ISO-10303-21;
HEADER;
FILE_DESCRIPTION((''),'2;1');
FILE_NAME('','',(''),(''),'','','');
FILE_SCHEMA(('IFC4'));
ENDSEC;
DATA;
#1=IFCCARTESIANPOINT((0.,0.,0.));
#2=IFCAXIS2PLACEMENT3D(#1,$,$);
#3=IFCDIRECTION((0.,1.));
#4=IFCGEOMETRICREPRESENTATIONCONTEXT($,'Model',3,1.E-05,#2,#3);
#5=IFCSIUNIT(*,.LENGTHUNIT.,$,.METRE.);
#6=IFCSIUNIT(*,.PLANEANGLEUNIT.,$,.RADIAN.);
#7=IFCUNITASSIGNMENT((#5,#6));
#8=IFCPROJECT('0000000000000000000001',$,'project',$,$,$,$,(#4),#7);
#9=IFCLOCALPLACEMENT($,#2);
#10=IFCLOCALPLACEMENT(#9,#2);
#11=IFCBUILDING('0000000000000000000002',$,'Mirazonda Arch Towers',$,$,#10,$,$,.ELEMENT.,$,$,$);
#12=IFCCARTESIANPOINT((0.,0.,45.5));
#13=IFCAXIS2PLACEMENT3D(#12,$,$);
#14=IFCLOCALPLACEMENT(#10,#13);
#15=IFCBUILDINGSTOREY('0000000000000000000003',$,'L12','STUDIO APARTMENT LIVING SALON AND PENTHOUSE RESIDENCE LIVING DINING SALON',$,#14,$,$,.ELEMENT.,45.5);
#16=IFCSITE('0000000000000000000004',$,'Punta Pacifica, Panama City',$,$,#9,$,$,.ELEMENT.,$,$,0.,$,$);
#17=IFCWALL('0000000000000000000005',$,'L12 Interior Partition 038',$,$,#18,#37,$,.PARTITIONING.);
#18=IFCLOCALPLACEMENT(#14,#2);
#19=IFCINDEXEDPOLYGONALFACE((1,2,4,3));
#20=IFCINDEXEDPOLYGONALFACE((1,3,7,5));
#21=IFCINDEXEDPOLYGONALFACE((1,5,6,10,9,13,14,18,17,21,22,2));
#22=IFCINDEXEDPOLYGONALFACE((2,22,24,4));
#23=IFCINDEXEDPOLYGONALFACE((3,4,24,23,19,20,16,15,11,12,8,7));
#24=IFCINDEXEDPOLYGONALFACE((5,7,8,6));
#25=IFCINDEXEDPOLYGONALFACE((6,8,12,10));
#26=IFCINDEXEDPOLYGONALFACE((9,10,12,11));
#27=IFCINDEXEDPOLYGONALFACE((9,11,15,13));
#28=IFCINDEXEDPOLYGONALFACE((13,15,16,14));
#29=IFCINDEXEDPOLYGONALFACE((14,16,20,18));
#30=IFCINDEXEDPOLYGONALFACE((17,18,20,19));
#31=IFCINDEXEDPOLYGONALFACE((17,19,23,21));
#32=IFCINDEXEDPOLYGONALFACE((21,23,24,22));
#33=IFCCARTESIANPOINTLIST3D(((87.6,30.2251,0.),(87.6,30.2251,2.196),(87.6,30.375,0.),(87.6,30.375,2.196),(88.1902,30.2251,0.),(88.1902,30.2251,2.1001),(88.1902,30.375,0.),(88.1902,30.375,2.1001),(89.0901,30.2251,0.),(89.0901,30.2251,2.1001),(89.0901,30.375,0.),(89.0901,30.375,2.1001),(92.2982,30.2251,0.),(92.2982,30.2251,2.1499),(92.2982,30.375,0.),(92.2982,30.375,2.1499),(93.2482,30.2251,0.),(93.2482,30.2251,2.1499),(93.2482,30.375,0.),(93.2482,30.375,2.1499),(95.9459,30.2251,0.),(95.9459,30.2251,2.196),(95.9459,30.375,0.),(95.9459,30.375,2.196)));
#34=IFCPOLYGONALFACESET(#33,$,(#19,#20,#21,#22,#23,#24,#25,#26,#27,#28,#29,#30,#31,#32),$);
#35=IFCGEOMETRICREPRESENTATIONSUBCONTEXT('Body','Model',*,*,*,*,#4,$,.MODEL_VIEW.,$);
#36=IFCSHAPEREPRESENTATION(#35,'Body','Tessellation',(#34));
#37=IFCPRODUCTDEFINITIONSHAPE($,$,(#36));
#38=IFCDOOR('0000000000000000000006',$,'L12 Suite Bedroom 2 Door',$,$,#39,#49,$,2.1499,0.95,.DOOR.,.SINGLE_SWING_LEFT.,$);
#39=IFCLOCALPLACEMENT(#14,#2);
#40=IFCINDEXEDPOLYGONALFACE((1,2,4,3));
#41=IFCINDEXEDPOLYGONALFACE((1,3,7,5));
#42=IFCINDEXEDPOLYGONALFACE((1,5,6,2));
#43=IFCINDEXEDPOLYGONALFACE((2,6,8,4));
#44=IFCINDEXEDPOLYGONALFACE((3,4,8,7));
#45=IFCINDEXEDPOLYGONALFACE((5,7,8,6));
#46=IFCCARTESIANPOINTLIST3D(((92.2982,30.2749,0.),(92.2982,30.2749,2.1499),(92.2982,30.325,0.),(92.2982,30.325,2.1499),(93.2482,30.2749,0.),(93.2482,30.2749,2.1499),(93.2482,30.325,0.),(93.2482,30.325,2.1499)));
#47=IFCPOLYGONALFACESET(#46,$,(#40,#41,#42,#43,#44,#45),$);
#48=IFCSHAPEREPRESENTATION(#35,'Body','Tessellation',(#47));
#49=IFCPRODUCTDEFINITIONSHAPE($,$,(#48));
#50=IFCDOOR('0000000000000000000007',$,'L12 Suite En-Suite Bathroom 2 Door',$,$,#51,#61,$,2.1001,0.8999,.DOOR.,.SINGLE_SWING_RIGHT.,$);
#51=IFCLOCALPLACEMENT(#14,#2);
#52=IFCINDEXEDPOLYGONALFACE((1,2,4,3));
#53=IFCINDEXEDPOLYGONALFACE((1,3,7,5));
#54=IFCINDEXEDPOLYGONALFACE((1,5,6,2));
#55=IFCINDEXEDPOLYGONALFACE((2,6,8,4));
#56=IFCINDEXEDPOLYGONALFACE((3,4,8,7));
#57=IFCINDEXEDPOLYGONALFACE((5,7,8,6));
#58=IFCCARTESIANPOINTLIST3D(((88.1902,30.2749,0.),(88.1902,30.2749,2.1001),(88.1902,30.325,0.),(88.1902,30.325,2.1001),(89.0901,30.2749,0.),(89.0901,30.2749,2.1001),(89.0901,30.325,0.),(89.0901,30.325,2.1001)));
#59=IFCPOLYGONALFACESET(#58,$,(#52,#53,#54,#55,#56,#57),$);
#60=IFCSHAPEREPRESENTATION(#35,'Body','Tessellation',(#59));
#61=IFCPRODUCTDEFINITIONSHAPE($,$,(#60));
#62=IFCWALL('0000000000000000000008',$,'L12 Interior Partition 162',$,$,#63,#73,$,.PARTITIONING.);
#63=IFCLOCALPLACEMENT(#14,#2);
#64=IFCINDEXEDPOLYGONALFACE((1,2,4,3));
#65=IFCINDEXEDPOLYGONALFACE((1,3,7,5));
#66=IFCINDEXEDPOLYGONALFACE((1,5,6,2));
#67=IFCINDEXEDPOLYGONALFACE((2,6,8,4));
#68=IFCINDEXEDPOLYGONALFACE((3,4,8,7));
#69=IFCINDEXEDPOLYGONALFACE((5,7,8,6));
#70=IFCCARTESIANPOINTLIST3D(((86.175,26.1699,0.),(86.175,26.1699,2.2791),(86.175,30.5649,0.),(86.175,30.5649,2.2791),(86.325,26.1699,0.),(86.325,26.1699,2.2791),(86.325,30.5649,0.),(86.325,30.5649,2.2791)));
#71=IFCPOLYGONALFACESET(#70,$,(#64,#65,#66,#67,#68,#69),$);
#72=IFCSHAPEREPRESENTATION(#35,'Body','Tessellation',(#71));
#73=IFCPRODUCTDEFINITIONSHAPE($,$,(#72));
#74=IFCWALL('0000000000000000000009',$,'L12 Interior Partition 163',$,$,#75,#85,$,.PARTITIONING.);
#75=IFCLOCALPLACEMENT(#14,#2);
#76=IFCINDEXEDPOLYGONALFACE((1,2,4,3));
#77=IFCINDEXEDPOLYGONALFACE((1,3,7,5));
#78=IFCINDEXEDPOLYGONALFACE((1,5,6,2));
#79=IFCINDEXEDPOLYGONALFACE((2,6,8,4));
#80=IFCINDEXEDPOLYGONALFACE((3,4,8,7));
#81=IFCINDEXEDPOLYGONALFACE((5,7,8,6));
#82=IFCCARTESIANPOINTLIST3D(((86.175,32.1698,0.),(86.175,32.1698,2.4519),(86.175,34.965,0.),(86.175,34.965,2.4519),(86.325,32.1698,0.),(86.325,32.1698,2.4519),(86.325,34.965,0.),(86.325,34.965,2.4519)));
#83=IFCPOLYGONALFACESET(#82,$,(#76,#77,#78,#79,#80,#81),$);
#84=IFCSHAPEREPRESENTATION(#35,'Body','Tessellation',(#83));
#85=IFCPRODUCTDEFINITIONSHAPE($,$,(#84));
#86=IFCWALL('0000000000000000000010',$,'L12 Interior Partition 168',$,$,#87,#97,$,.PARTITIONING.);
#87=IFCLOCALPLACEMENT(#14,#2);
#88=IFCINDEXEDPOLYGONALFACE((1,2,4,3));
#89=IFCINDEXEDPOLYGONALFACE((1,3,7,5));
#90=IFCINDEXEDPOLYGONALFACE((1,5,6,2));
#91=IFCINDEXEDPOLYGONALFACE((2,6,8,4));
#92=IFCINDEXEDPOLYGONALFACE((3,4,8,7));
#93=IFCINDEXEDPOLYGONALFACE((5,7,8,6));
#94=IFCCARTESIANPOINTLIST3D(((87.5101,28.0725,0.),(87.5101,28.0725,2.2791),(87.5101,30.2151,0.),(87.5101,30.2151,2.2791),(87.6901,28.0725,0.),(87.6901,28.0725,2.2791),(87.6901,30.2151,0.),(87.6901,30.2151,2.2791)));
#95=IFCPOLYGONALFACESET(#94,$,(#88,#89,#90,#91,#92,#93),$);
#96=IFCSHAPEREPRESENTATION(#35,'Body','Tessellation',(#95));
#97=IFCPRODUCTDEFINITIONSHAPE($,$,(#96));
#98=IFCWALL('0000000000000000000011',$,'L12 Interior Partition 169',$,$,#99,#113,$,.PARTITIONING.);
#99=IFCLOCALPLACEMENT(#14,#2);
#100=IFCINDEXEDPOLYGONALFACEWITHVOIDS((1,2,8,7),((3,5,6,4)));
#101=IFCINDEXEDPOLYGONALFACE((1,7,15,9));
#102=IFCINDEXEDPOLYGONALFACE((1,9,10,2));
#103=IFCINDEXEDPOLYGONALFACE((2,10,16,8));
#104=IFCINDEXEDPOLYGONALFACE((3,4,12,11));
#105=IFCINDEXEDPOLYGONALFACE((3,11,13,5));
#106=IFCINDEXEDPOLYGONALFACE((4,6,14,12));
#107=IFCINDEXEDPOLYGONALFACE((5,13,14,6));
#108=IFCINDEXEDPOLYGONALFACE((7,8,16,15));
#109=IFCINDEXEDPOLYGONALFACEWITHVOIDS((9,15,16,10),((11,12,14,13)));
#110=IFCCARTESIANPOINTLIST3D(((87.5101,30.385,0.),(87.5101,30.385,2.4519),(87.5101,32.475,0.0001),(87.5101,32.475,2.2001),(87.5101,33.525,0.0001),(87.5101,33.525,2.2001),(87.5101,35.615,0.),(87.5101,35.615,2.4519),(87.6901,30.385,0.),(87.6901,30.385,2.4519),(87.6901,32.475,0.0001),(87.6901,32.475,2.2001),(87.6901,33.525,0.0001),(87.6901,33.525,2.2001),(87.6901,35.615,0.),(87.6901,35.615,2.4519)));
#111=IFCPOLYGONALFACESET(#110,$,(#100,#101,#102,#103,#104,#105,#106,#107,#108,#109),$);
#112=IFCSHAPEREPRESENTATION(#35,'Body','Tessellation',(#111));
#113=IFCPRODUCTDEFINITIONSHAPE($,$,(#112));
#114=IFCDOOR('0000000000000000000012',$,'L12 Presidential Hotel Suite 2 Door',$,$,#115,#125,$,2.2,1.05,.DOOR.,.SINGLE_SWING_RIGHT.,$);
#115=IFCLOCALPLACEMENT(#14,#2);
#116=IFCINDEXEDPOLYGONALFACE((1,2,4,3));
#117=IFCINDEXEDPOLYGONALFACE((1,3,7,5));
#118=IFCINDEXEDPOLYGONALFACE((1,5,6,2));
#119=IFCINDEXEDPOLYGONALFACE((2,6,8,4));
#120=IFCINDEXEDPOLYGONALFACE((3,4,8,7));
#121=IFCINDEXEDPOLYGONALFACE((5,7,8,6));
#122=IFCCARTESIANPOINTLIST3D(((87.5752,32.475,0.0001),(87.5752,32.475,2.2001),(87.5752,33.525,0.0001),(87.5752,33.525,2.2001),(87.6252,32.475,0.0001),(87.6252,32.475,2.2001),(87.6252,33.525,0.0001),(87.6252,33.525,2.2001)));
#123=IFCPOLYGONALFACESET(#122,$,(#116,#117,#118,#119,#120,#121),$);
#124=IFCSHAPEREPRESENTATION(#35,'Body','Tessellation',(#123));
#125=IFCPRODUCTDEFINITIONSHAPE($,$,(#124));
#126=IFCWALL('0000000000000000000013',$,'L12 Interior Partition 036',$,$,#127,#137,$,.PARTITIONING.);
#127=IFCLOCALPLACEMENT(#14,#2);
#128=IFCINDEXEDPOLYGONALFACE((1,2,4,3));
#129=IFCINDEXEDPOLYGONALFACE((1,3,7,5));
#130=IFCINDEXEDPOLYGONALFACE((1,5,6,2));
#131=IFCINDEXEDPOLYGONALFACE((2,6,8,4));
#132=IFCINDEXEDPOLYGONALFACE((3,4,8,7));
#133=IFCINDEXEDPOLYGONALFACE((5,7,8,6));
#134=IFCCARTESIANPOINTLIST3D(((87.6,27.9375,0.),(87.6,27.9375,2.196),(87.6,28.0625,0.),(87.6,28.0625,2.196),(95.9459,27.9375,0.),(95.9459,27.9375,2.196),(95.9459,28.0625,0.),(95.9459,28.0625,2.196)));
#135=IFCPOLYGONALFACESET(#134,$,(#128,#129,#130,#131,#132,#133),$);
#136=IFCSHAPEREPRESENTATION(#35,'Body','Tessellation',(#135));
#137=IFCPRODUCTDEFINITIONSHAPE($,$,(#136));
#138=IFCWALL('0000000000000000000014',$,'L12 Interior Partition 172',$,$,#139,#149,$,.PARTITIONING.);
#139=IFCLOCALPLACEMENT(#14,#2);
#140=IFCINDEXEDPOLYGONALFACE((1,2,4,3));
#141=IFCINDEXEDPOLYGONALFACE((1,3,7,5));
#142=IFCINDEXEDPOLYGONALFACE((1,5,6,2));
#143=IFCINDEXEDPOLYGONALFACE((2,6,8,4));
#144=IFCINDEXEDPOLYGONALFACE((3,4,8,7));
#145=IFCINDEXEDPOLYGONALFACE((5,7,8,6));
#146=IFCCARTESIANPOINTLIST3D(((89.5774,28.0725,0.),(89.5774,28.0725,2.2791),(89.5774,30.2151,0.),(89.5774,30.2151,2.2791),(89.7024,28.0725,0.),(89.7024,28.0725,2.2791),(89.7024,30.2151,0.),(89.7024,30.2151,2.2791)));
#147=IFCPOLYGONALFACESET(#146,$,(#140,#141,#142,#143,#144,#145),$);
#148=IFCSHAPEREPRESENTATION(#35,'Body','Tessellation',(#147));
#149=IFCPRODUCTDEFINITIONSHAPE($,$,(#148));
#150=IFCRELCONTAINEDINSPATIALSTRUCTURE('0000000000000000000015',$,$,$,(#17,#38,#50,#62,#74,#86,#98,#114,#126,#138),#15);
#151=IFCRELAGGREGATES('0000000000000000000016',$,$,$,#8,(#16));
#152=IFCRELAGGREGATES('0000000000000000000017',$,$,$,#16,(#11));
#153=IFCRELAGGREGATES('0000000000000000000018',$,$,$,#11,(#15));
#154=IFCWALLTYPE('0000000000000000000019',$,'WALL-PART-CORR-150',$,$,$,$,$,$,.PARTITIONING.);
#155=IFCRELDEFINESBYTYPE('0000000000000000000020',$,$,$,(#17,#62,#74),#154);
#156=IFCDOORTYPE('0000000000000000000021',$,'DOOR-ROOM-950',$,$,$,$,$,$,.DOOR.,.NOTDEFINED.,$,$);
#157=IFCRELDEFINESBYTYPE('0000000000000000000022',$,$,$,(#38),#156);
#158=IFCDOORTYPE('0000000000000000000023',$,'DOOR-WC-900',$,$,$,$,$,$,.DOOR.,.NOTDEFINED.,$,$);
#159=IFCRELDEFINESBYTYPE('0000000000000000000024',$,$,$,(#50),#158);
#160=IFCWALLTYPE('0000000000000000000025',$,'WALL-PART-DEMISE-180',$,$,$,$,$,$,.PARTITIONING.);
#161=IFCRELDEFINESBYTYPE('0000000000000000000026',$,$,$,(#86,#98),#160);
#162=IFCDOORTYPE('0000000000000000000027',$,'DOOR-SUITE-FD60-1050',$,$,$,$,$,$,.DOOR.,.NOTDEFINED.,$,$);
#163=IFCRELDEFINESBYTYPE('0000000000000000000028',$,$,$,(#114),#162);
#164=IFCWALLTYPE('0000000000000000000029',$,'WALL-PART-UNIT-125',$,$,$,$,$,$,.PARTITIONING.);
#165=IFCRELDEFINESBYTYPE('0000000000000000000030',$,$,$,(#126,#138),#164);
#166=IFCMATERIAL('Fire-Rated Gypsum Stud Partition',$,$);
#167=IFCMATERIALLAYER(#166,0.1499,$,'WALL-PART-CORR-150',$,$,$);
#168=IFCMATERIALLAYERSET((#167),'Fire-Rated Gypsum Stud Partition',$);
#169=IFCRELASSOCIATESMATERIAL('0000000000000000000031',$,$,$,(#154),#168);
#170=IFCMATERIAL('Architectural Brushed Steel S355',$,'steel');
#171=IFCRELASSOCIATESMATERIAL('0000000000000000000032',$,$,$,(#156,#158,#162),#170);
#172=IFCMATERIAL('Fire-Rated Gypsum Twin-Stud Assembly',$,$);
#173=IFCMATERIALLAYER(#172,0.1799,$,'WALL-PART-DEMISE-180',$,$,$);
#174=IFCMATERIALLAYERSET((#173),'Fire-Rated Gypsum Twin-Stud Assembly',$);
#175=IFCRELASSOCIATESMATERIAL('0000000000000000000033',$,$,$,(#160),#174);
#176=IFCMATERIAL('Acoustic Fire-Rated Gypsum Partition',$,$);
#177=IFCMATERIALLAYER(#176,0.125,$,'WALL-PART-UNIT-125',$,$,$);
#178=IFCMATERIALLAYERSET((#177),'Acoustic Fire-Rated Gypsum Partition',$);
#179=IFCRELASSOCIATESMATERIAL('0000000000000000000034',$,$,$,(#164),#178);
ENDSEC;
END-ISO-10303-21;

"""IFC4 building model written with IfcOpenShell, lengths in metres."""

from ifc_helpers import new_model, si_unit, direction, frame, frame_2d, origin, place, context, subcontext, project, spatial, rectangle, extrude, material, layer, layer_set, type_object, element, fill, save


model = new_model("IFC4")

# Units and contexts
model_context = context("Model", 3, precision=1e-05, world=origin(), true_north=direction((0.0, 1.0)))
body_context = subcontext(model_context, "Body", "Model", "MODEL_VIEW")
ifc_project = project(units=[si_unit("LENGTHUNIT", "METRE"), si_unit("PLANEANGLEUNIT", "RADIAN")], contexts=[model_context])

# Site, building, storey
site_placement = place(None, origin())
site = spatial("IfcSite", under=ifc_project, at=site_placement, Name="Punta Pacifica, Panama City", CompositionType="ELEMENT", RefElevation=0.0)
building_placement = place(site_placement, origin())
building = spatial("IfcBuilding", under=site, at=building_placement, Name="Mirazonda Arch Towers", CompositionType="ELEMENT")
storey_placement = place(building_placement, frame((0.0, 0.0, 45.5)))
storey = spatial("IfcBuildingStorey", under=building, at=storey_placement, Name="L12", Description="STUDIO APARTMENT LIVING SALON AND PENTHOUSE RESIDENCE LIVING DINING SALON", CompositionType="ELEMENT", Elevation=45.5)

# Wall, openings, doors
ifc_material_1 = material(Name="Fire-Rated Gypsum Stud Partition")
ifc_layer_1 = layer(ifc_material_1, 0.1499, Name="WALL-PART-CORR-150")
ifc_layer_set_1 = layer_set([ifc_layer_1], Name="Fire-Rated Gypsum Stud Partition")
wall_type_1 = type_object("IfcWallType", Name="WALL-PART-CORR-150", PredefinedType="PARTITIONING", material=ifc_layer_set_1)
wall_1_placement = place(storey_placement, frame((87.6001, 30.3, 0.0), z_axis=(0.0, 0.0, 1.0), x_axis=(1.0, 0.0, 0.0)))
wall_1 = element("IfcWall", 1, at=wall_1_placement, inside=storey, type_object=wall_type_1, Name="L12 Interior Partition 038", PredefinedType="PARTITIONING", context=body_context, shape_type="SweptSolid", body=[
    extrude(rectangle(XDim=8.3459, YDim=0.1499, at=frame_2d((4.1729, 0.0))), origin(), (0.0, 0.0, 1.0), 2.196),
])
opening_1_placement = place(wall_1_placement, frame((4.698, 0.0, 0.0)))
opening_1 = element("IfcOpeningElement", 2, at=opening_1_placement, cuts=wall_1, PredefinedType="OPENING", context=body_context, shape_type="SweptSolid", body=[
    extrude(rectangle(XDim=0.95, YDim=2.1499, at=frame_2d((0.4751, 1.075))), frame((0.0, 0.085, 0.0), z_axis=(0.0, -1.0, 0.0), x_axis=(1.0, 0.0, 0.0)), (0.0, 0.0, 1.0), 0.1699),
])
opening_2_placement = place(wall_1_placement, frame((0.5901, 0.0, 0.0)))
opening_2 = element("IfcOpeningElement", 3, at=opening_2_placement, cuts=wall_1, PredefinedType="OPENING", context=body_context, shape_type="SweptSolid", body=[
    extrude(rectangle(XDim=0.8999, YDim=2.1001, at=frame_2d((0.45, 1.05))), frame((0.0, 0.085, 0.0), z_axis=(0.0, -1.0, 0.0), x_axis=(1.0, 0.0, 0.0)), (0.0, 0.0, 1.0), 0.1699),
])
ifc_material_2 = material(Name="Architectural Brushed Steel S355", Category="steel")
door_type_1 = type_object("IfcDoorType", Name="DOOR-ROOM-950", OperationType="NOTDEFINED", PredefinedType="DOOR", material=ifc_material_2)
door_1_placement = place(opening_1_placement, origin())
door_1 = element("IfcDoor", 4, at=door_1_placement, inside=storey, type_object=door_type_1, Name="L12 Suite Bedroom 2 Door", OperationType="SINGLE_SWING_LEFT", OverallHeight=2.1499, OverallWidth=0.95, PredefinedType="DOOR", context=body_context, shape_type="SweptSolid", body=[
    extrude(rectangle(XDim=0.95, YDim=2.1499, at=frame_2d((0.4751, 1.075))), frame((0.0, 0.0249, 0.0), z_axis=(0.0, -1.0, 0.0), x_axis=(1.0, 0.0, 0.0)), (0.0, 0.0, 1.0), 0.05),
])
fill(opening_1, door_1)
door_type_2 = type_object("IfcDoorType", Name="DOOR-WC-900", OperationType="NOTDEFINED", PredefinedType="DOOR", material=ifc_material_2)
door_2_placement = place(opening_2_placement, origin())
door_2 = element("IfcDoor", 5, at=door_2_placement, inside=storey, type_object=door_type_2, Name="L12 Suite En-Suite Bathroom 2 Door", OperationType="SINGLE_SWING_RIGHT", OverallHeight=2.1001, OverallWidth=0.8999, PredefinedType="DOOR", context=body_context, shape_type="SweptSolid", body=[
    extrude(rectangle(XDim=0.8999, YDim=2.1001, at=frame_2d((0.45, 1.05))), frame((0.0, 0.0249, 0.0), z_axis=(0.0, -1.0, 0.0), x_axis=(1.0, 0.0, 0.0)), (0.0, 0.0, 1.0), 0.05),
])
fill(opening_2, door_2)

# Walls
wall_2_placement = place(storey_placement, frame((86.25, 26.1699, 0.0), z_axis=(0.0, 0.0, 1.0), x_axis=(0.0, 1.0, 0.0)))
element("IfcWall", 6, at=wall_2_placement, inside=storey, type_object=wall_type_1, Name="L12 Interior Partition 162", PredefinedType="PARTITIONING", context=body_context, shape_type="SweptSolid", body=[
    extrude(rectangle(XDim=4.395, YDim=0.1499, at=frame_2d((2.1975, 0.0))), origin(), (0.0, 0.0, 1.0), 2.2791),
])
wall_3_placement = place(storey_placement, frame((86.25, 32.1699, 0.0), z_axis=(0.0, 0.0, 1.0), x_axis=(0.0, 1.0, 0.0)))
element("IfcWall", 7, at=wall_3_placement, inside=storey, type_object=wall_type_1, Name="L12 Interior Partition 163", PredefinedType="PARTITIONING", context=body_context, shape_type="SweptSolid", body=[
    extrude(rectangle(XDim=2.7952, YDim=0.1499, at=frame_2d((1.3975, 0.0))), origin(), (0.0, 0.0, 1.0), 2.4519),
])
ifc_material_3 = material(Name="Fire-Rated Gypsum Twin-Stud Assembly")
ifc_layer_2 = layer(ifc_material_3, 0.1799, Name="WALL-PART-DEMISE-180")
ifc_layer_set_2 = layer_set([ifc_layer_2], Name="Fire-Rated Gypsum Twin-Stud Assembly")
wall_type_2 = type_object("IfcWallType", Name="WALL-PART-DEMISE-180", PredefinedType="PARTITIONING", material=ifc_layer_set_2)
wall_4_placement = place(storey_placement, frame((87.6001, 28.0725, 0.0), z_axis=(0.0, 0.0, 1.0), x_axis=(0.0, 1.0, 0.0)))
element("IfcWall", 8, at=wall_4_placement, inside=storey, type_object=wall_type_2, Name="L12 Interior Partition 168", PredefinedType="PARTITIONING", context=body_context, shape_type="SweptSolid", body=[
    extrude(rectangle(XDim=2.1426, YDim=0.1799, at=frame_2d((1.0713, 0.0))), origin(), (0.0, 0.0, 1.0), 2.2791),
])

# Wall, opening, door
wall_5_placement = place(storey_placement, frame((87.6001, 30.385, 0.0), z_axis=(0.0, 0.0, 1.0), x_axis=(0.0, 1.0, 0.0)))
wall_5 = element("IfcWall", 9, at=wall_5_placement, inside=storey, type_object=wall_type_2, Name="L12 Interior Partition 169", PredefinedType="PARTITIONING", context=body_context, shape_type="SweptSolid", body=[
    extrude(rectangle(XDim=5.23, YDim=0.1799, at=frame_2d((2.615, 0.0))), origin(), (0.0, 0.0, 1.0), 2.4519),
])
opening_3_placement = place(wall_5_placement, frame((2.0901, 0.0, 0.0)))
opening_3 = element("IfcOpeningElement", 10, at=opening_3_placement, cuts=wall_5, PredefinedType="OPENING", context=body_context, shape_type="SweptSolid", body=[
    extrude(rectangle(XDim=1.05, YDim=2.2, at=frame_2d((0.5249, 1.1001))), frame((0.0, 0.0999, 0.0), z_axis=(0.0, -1.0, 0.0), x_axis=(1.0, 0.0, 0.0)), (0.0, 0.0, 1.0), 0.2),
])
door_type_3 = type_object("IfcDoorType", Name="DOOR-SUITE-FD60-1050", OperationType="NOTDEFINED", PredefinedType="DOOR", material=ifc_material_2)
door_3_placement = place(opening_3_placement, origin())
door_3 = element("IfcDoor", 11, at=door_3_placement, inside=storey, type_object=door_type_3, Name="L12 Presidential Hotel Suite 2 Door", OperationType="SINGLE_SWING_RIGHT", OverallHeight=2.2, OverallWidth=1.05, PredefinedType="DOOR", context=body_context, shape_type="SweptSolid", body=[
    extrude(rectangle(XDim=1.05, YDim=2.2, at=frame_2d((0.5249, 1.1001))), frame((0.0, 0.0249, 0.0), z_axis=(0.0, -1.0, 0.0), x_axis=(1.0, 0.0, 0.0)), (0.0, 0.0, 1.0), 0.05),
])
fill(opening_3, door_3)

# Walls
ifc_material_4 = material(Name="Acoustic Fire-Rated Gypsum Partition")
ifc_layer_3 = layer(ifc_material_4, 0.125, Name="WALL-PART-UNIT-125")
ifc_layer_set_3 = layer_set([ifc_layer_3], Name="Acoustic Fire-Rated Gypsum Partition")
wall_type_3 = type_object("IfcWallType", Name="WALL-PART-UNIT-125", PredefinedType="PARTITIONING", material=ifc_layer_set_3)
wall_6_placement = place(storey_placement, frame((87.6001, 28.0, 0.0), z_axis=(0.0, 0.0, 1.0), x_axis=(1.0, 0.0, 0.0)))
element("IfcWall", 12, at=wall_6_placement, inside=storey, type_object=wall_type_3, Name="L12 Interior Partition 036", PredefinedType="PARTITIONING", context=body_context, shape_type="SweptSolid", body=[
    extrude(rectangle(XDim=8.3459, YDim=0.125, at=frame_2d((4.1729, 0.0))), origin(), (0.0, 0.0, 1.0), 2.196),
])
wall_7_placement = place(storey_placement, frame((89.6399, 28.0725, 0.0), z_axis=(0.0, 0.0, 1.0), x_axis=(0.0, 1.0, 0.0)))
element("IfcWall", 13, at=wall_7_placement, inside=storey, type_object=wall_type_3, Name="L12 Interior Partition 172", PredefinedType="PARTITIONING", context=body_context, shape_type="SweptSolid", body=[
    extrude(rectangle(XDim=2.1426, YDim=0.125, at=frame_2d((1.0713, 0.0))), origin(), (0.0, 0.0, 1.0), 2.2791),
])

save(model, "model.ifc")
